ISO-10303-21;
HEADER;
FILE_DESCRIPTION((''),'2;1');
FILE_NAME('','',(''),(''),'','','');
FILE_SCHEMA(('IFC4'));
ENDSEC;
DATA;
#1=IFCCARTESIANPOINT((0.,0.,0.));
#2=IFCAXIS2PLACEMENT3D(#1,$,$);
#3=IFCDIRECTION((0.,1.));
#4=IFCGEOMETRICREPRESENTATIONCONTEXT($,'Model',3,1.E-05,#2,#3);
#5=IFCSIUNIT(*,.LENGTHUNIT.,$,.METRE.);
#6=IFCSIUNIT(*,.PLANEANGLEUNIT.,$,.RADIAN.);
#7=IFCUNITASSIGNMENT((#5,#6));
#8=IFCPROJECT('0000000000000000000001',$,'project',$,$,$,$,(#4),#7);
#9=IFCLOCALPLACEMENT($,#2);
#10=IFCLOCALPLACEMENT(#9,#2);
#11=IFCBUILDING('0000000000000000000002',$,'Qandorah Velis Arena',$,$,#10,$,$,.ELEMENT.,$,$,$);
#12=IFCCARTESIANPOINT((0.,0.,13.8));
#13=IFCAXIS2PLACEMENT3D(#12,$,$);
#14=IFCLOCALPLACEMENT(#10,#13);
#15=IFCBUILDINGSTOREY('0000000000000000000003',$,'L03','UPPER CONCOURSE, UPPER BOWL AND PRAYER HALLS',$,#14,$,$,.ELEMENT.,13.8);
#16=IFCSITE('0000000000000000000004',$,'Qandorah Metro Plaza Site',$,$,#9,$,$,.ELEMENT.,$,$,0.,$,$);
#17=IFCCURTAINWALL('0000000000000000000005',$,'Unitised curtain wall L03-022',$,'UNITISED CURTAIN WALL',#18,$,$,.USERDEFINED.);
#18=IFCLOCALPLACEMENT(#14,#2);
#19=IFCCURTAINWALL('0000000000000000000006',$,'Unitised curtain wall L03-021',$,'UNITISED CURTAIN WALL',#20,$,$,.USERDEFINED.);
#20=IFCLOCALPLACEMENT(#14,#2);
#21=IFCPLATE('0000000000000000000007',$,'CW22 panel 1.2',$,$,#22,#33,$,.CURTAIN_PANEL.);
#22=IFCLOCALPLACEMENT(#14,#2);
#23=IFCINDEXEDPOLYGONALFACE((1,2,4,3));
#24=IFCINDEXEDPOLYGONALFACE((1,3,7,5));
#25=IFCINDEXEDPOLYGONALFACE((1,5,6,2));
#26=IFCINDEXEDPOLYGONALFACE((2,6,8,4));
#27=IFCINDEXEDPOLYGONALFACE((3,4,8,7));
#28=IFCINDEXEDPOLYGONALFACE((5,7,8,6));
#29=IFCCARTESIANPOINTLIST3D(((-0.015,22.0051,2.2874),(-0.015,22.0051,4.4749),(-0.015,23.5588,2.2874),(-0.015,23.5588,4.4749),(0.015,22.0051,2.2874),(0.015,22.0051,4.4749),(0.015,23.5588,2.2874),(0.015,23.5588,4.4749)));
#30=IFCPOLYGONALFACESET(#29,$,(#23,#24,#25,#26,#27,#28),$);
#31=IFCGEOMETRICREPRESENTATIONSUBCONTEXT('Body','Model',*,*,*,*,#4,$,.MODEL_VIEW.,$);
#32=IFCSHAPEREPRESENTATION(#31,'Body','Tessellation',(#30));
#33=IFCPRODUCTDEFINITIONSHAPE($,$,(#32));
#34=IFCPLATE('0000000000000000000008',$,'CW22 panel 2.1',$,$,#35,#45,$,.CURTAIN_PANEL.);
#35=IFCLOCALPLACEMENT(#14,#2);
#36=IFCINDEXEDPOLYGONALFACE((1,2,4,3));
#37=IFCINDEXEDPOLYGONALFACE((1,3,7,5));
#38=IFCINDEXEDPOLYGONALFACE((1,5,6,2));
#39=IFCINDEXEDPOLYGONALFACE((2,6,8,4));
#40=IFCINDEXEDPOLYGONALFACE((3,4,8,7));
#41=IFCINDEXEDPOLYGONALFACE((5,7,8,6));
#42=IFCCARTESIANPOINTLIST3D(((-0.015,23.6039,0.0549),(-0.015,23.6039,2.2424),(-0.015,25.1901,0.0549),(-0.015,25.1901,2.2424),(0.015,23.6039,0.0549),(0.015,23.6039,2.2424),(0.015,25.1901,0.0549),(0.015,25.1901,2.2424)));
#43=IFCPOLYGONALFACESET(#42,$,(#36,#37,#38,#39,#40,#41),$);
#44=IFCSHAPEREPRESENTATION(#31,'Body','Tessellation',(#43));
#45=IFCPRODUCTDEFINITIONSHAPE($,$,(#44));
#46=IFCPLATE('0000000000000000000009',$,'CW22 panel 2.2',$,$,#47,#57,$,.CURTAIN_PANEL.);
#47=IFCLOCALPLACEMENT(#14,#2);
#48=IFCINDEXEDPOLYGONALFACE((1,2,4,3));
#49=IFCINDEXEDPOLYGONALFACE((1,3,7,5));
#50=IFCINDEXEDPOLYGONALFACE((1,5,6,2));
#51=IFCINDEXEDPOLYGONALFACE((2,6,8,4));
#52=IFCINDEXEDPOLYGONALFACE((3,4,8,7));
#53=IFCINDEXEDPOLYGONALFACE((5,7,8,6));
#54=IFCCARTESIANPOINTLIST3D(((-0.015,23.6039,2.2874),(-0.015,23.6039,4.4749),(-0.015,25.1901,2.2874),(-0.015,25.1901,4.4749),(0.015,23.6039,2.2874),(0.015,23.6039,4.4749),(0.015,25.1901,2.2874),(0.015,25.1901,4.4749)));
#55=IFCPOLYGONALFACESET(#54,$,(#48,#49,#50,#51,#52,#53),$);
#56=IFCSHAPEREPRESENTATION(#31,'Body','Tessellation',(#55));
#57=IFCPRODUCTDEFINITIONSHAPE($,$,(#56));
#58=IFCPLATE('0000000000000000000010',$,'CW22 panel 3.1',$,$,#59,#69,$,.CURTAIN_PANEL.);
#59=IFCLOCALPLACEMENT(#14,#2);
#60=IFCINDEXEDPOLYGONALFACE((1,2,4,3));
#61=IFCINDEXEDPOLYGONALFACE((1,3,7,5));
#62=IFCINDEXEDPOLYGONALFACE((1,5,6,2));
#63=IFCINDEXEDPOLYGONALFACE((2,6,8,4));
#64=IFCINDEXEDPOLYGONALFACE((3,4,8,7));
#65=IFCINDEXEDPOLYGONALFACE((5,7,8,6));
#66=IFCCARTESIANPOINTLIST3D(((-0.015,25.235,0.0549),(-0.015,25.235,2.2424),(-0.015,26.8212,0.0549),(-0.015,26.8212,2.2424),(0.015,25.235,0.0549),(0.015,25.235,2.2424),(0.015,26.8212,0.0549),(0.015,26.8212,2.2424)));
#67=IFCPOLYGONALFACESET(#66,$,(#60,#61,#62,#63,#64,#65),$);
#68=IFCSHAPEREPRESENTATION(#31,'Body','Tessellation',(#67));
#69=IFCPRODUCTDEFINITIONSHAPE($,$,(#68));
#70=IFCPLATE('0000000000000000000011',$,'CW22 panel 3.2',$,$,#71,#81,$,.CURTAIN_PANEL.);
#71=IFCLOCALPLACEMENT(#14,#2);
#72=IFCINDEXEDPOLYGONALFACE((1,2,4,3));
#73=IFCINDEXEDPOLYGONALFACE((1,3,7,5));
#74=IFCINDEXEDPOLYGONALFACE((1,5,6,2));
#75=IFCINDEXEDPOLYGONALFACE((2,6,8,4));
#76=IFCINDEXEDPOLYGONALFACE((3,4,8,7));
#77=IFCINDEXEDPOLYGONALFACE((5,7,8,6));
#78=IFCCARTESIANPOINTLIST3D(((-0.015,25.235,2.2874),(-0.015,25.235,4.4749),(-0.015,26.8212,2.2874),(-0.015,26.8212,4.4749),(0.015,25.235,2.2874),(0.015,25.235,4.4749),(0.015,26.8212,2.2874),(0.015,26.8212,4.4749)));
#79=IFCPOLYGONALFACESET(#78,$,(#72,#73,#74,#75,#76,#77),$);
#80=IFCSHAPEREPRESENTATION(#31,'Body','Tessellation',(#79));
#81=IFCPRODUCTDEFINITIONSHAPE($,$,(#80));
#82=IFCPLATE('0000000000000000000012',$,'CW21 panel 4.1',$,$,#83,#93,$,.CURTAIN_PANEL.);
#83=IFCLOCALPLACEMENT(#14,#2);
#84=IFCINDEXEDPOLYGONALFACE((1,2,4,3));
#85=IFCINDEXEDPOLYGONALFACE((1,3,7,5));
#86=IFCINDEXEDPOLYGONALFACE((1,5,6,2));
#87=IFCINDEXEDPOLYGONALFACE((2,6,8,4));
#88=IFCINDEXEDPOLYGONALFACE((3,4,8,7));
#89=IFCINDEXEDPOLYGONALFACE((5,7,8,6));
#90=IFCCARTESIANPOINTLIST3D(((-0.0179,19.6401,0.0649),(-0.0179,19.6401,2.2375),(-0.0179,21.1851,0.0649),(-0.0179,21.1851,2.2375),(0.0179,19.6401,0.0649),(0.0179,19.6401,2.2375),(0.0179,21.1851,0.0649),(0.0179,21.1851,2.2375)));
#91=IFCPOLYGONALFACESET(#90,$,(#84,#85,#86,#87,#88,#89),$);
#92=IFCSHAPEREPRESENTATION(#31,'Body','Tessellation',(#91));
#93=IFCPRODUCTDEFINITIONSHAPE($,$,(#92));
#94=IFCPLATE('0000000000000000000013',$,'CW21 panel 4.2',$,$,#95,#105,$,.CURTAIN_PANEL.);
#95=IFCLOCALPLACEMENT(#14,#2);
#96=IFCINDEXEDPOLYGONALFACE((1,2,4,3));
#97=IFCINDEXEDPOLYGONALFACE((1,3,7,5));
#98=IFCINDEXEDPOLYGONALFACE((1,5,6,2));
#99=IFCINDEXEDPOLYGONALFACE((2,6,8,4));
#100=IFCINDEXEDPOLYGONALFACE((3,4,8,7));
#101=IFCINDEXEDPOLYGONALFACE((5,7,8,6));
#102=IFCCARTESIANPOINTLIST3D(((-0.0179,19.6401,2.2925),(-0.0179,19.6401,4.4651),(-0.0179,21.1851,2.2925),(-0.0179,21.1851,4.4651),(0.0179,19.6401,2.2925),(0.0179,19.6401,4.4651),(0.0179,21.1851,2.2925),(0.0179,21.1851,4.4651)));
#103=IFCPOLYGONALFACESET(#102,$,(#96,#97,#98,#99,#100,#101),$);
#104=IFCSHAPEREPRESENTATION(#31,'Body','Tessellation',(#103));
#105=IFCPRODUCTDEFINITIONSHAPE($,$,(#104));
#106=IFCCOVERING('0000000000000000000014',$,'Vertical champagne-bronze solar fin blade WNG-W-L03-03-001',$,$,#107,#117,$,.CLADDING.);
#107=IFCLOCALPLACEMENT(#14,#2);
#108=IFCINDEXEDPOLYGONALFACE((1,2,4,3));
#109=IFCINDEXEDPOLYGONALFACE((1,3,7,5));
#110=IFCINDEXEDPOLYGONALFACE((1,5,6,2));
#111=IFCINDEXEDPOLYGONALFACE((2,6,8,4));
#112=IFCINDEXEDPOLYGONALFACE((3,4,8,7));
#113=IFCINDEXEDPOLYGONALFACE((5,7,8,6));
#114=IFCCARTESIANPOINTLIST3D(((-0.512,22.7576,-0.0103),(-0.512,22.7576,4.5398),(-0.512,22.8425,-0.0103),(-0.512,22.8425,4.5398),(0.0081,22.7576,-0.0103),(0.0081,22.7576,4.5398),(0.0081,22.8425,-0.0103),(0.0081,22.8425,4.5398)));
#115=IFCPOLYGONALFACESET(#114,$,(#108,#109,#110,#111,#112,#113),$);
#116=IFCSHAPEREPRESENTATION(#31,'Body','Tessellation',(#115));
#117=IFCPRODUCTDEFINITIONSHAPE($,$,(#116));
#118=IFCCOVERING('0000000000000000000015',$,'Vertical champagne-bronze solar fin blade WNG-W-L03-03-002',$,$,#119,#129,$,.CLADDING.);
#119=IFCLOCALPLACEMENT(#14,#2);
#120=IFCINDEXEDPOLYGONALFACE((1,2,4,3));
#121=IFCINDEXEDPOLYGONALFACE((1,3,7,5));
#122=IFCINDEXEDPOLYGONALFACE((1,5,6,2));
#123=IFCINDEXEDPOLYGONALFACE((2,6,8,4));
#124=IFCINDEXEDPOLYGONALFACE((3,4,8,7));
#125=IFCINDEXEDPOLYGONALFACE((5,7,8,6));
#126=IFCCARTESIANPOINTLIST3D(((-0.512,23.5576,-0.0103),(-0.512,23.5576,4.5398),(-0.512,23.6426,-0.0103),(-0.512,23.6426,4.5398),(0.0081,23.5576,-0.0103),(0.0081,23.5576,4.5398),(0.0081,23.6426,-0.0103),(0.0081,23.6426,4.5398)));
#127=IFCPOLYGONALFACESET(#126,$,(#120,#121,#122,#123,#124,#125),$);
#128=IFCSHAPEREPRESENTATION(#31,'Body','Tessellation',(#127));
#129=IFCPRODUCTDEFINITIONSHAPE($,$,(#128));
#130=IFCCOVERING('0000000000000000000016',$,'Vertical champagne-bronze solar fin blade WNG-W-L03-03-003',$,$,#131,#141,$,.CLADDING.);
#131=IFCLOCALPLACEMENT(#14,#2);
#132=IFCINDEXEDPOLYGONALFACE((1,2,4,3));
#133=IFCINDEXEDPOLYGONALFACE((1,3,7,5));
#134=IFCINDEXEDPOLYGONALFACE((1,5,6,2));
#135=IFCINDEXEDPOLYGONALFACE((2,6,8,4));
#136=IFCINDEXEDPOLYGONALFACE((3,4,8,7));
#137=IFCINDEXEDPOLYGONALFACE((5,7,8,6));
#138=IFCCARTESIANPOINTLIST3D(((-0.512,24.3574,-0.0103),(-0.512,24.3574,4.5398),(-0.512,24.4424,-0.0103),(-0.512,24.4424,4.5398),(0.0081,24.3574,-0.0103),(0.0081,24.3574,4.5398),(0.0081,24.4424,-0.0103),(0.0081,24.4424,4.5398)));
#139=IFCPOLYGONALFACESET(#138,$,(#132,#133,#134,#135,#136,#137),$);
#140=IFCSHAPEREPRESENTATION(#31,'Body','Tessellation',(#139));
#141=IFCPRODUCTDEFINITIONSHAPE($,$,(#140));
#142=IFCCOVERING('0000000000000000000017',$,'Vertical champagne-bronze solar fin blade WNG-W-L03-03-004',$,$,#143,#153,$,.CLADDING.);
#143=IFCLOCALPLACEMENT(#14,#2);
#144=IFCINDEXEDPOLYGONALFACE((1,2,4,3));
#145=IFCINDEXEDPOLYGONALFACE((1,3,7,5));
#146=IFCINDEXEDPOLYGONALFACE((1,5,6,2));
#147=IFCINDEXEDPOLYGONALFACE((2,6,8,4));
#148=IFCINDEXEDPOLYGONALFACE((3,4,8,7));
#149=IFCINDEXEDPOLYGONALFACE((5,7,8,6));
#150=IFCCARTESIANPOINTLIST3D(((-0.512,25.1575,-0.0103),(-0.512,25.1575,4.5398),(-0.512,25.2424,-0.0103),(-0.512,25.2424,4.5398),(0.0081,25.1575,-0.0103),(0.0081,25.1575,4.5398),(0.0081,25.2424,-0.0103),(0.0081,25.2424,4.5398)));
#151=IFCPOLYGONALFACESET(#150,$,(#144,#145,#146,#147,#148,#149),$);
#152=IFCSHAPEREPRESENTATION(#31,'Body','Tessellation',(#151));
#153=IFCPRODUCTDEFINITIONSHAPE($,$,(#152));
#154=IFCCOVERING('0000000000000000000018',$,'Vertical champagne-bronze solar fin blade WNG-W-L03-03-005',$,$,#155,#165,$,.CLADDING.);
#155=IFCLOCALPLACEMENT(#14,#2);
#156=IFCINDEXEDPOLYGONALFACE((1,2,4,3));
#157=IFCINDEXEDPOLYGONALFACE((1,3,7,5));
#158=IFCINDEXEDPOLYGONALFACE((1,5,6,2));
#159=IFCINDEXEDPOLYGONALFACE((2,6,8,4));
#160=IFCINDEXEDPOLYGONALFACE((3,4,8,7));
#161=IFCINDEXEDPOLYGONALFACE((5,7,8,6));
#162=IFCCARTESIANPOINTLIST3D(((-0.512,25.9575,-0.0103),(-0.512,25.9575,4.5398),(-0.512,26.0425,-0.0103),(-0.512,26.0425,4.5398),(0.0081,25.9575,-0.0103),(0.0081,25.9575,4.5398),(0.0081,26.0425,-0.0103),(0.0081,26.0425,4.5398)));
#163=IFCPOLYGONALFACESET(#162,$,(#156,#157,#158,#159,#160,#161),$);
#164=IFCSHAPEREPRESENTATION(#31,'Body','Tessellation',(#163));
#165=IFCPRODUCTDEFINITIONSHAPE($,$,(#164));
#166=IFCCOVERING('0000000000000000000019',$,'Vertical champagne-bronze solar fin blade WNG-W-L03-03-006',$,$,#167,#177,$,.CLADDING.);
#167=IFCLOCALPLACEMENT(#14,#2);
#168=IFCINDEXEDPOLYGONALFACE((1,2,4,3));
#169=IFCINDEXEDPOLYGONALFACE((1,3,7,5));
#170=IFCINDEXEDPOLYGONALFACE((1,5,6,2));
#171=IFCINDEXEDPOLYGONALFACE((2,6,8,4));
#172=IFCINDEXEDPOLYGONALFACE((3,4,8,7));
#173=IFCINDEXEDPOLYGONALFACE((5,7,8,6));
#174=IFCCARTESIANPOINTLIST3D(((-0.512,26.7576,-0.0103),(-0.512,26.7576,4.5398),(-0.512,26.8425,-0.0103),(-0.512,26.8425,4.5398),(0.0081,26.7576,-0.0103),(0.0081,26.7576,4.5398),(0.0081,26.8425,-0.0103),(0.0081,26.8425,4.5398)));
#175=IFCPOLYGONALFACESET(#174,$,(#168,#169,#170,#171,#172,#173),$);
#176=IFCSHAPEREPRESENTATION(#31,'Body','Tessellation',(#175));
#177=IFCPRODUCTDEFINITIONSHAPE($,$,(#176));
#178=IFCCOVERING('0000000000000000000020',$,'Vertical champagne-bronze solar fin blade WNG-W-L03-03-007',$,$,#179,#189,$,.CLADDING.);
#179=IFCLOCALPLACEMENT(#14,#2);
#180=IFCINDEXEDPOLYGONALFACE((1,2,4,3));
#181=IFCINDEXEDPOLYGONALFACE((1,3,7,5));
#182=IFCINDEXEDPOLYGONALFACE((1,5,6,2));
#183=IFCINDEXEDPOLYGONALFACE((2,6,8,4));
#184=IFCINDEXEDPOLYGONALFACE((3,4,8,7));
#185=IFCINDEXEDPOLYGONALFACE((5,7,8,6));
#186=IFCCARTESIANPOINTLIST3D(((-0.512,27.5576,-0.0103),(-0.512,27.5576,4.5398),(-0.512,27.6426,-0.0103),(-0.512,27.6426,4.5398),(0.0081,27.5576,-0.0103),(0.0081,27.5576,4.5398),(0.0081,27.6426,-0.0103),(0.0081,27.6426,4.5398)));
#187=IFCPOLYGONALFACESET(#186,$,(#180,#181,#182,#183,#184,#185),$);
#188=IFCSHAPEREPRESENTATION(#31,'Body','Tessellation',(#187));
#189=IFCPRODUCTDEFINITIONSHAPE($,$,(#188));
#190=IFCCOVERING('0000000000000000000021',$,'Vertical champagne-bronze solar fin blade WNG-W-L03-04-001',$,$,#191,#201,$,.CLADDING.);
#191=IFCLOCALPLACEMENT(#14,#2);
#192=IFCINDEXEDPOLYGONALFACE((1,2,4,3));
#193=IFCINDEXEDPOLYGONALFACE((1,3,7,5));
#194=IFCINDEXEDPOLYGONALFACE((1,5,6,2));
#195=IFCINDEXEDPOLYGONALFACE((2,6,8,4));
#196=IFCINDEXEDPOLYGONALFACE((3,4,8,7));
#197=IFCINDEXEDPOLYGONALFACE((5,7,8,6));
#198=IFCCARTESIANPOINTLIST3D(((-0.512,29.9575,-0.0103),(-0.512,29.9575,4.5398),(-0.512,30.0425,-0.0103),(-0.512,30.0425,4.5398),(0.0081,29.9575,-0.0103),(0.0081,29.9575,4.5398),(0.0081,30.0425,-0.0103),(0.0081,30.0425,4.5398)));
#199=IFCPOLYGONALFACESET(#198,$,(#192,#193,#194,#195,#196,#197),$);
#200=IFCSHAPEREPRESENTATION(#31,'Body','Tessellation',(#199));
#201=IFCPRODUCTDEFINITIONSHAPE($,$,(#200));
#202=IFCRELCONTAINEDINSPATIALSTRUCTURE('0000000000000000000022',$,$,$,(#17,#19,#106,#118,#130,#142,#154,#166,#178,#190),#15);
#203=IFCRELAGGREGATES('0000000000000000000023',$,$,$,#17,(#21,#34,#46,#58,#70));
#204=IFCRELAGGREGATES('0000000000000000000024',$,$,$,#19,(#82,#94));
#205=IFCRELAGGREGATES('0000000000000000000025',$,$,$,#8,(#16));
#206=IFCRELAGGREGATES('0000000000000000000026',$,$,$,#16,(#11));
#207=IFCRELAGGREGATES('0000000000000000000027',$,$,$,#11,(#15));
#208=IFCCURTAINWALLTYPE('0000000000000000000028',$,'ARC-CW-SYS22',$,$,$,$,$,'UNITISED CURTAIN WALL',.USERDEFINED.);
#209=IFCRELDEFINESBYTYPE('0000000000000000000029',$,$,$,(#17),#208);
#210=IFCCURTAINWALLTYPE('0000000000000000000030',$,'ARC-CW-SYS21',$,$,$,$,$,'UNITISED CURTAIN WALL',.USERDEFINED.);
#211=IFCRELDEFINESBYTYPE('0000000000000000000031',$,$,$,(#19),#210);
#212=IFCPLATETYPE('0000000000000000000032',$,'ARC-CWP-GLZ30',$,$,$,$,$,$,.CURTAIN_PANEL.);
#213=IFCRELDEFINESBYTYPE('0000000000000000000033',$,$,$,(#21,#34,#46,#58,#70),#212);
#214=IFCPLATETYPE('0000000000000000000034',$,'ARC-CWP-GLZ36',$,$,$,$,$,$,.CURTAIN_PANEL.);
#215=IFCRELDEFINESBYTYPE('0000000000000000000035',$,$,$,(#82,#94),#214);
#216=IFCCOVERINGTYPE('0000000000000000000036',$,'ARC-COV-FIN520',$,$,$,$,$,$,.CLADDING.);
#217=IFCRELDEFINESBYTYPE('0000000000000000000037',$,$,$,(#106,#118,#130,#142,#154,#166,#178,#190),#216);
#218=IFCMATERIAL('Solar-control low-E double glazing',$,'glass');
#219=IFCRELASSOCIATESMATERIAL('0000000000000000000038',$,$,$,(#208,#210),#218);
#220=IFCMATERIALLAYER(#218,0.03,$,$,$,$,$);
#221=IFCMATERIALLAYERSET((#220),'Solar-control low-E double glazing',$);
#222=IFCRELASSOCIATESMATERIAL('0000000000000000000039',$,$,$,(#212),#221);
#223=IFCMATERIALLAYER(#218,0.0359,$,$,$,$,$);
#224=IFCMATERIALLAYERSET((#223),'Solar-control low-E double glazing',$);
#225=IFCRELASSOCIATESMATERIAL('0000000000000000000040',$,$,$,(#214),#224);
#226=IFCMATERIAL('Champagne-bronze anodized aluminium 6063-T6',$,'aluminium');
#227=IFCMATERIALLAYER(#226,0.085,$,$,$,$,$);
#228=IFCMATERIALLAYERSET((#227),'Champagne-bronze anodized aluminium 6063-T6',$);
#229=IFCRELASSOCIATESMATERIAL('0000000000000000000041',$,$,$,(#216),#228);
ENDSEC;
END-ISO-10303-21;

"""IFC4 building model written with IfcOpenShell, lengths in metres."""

from ifc_helpers import new_model, si_unit, direction, frame, origin, origin_2d, place, context, subcontext, project, spatial, rectangle, extrude, material, layer, layer_set, type_object, element, aggregate, save


model = new_model("IFC4")

# Units and contexts
model_context = context("Model", 3, precision=1e-05, world=origin(), true_north=direction((0.0, 1.0)))
body_context = subcontext(model_context, "Body", "Model", "MODEL_VIEW")
ifc_project = project(units=[si_unit("LENGTHUNIT", "METRE"), si_unit("PLANEANGLEUNIT", "RADIAN")], contexts=[model_context])

# Site, building, storey
site_placement = place(None, origin())
site = spatial("IfcSite", under=ifc_project, at=site_placement, Name="Qandorah Metro Plaza Site", CompositionType="ELEMENT", RefElevation=0.0)
building_placement = place(site_placement, origin())
building = spatial("IfcBuilding", under=site, at=building_placement, Name="Qandorah Velis Arena", CompositionType="ELEMENT")
storey_placement = place(building_placement, frame((0.0, 0.0, 13.8)))
storey = spatial("IfcBuildingStorey", under=building, at=storey_placement, Name="L03", Description="UPPER CONCOURSE, UPPER BOWL AND PRAYER HALLS", CompositionType="ELEMENT", Elevation=13.8)

# Curtain wall
ifc_material_1 = material(Name="Solar-control low-E double glazing", Category="glass")
curtain_wall_type_1 = type_object("IfcCurtainWallType", Name="ARC-CW-SYS22", ElementType="UNITISED CURTAIN WALL", PredefinedType="USERDEFINED", material=ifc_material_1)
curtain_wall_1_placement = place(storey_placement, origin())
curtain_wall_1 = element("IfcCurtainWall", 1, at=curtain_wall_1_placement, inside=storey, type_object=curtain_wall_type_1, Name="Unitised curtain wall L03-022", ObjectType="UNITISED CURTAIN WALL", PredefinedType="USERDEFINED")
ifc_material_2 = material(Name="Champagne-bronze anodized aluminium 6063-T6", Category="aluminium")

# Curtain wall
curtain_wall_type_2 = type_object("IfcCurtainWallType", Name="ARC-CW-SYS21", ElementType="UNITISED CURTAIN WALL", PredefinedType="USERDEFINED", material=ifc_material_1)
curtain_wall_2_placement = place(storey_placement, origin())
curtain_wall_2 = element("IfcCurtainWall", 2, at=curtain_wall_2_placement, inside=storey, type_object=curtain_wall_type_2, Name="Unitised curtain wall L03-021", ObjectType="UNITISED CURTAIN WALL", PredefinedType="USERDEFINED")

# Plates
ifc_layer_1 = layer(ifc_material_1, 0.03)
ifc_layer_set_1 = layer_set([ifc_layer_1], Name="Solar-control low-E double glazing")
plate_type_1 = type_object("IfcPlateType", Name="ARC-CWP-GLZ30", PredefinedType="CURTAIN_PANEL", material=ifc_layer_set_1)
plate_1_placement = place(storey_placement, frame((0.0, 22.782, 2.2874), z_axis=(0.0, 0.0, 1.0), x_axis=(0.0, 1.0, 0.0)))
plate_1 = element("IfcPlate", 3, at=plate_1_placement, type_object=plate_type_1, Name="CW22 panel 1.2", PredefinedType="CURTAIN_PANEL", context=body_context, shape_type="SweptSolid", body=[
    extrude(rectangle(XDim=1.5537, YDim=0.03, at=origin_2d()), origin(), (0.0, 0.0, 1.0), 2.1875),
])
plate_2_placement = place(storey_placement, frame((0.0, 24.397, 0.0549), z_axis=(0.0, 0.0, 1.0), x_axis=(0.0, 1.0, 0.0)))
plate_2 = element("IfcPlate", 4, at=plate_2_placement, type_object=plate_type_1, Name="CW22 panel 2.1", PredefinedType="CURTAIN_PANEL", context=body_context, shape_type="SweptSolid", body=[
    extrude(rectangle(XDim=1.5862, YDim=0.03, at=origin_2d()), origin(), (0.0, 0.0, 1.0), 2.1875),
])
plate_3_placement = place(storey_placement, frame((0.0, 24.397, 2.2874), z_axis=(0.0, 0.0, 1.0), x_axis=(0.0, 1.0, 0.0)))
plate_3 = element("IfcPlate", 5, at=plate_3_placement, type_object=plate_type_1, Name="CW22 panel 2.2", PredefinedType="CURTAIN_PANEL", context=body_context, shape_type="SweptSolid", body=[
    extrude(rectangle(XDim=1.5862, YDim=0.03, at=origin_2d()), origin(), (0.0, 0.0, 1.0), 2.1875),
])
plate_4_placement = place(storey_placement, frame((0.0, 26.0281, 0.0549), z_axis=(0.0, 0.0, 1.0), x_axis=(0.0, 1.0, 0.0)))
plate_4 = element("IfcPlate", 6, at=plate_4_placement, type_object=plate_type_1, Name="CW22 panel 3.1", PredefinedType="CURTAIN_PANEL", context=body_context, shape_type="SweptSolid", body=[
    extrude(rectangle(XDim=1.5862, YDim=0.03, at=origin_2d()), origin(), (0.0, 0.0, 1.0), 2.1875),
])
plate_5_placement = place(storey_placement, frame((0.0, 26.0281, 2.2874), z_axis=(0.0, 0.0, 1.0), x_axis=(0.0, 1.0, 0.0)))
plate_5 = element("IfcPlate", 7, at=plate_5_placement, type_object=plate_type_1, Name="CW22 panel 3.2", PredefinedType="CURTAIN_PANEL", context=body_context, shape_type="SweptSolid", body=[
    extrude(rectangle(XDim=1.5862, YDim=0.03, at=origin_2d()), origin(), (0.0, 0.0, 1.0), 2.1875),
])
aggregate(curtain_wall_1, [plate_1, plate_2, plate_3, plate_4, plate_5])
ifc_layer_2 = layer(ifc_material_1, 0.0359)
ifc_layer_set_2 = layer_set([ifc_layer_2], Name="Solar-control low-E double glazing")
plate_type_2 = type_object("IfcPlateType", Name="ARC-CWP-GLZ36", PredefinedType="CURTAIN_PANEL", material=ifc_layer_set_2)
plate_6_placement = place(storey_placement, frame((0.0, 20.4126, 0.0649), z_axis=(0.0, 0.0, 1.0), x_axis=(0.0, 1.0, 0.0)))
plate_6 = element("IfcPlate", 8, at=plate_6_placement, type_object=plate_type_2, Name="CW21 panel 4.1", PredefinedType="CURTAIN_PANEL", context=body_context, shape_type="SweptSolid", body=[
    extrude(rectangle(XDim=1.5449, YDim=0.0359, at=origin_2d()), origin(), (0.0, 0.0, 1.0), 2.1726),
])
plate_7_placement = place(storey_placement, frame((0.0, 20.4126, 2.2925), z_axis=(0.0, 0.0, 1.0), x_axis=(0.0, 1.0, 0.0)))
plate_7 = element("IfcPlate", 9, at=plate_7_placement, type_object=plate_type_2, Name="CW21 panel 4.2", PredefinedType="CURTAIN_PANEL", context=body_context, shape_type="SweptSolid", body=[
    extrude(rectangle(XDim=1.5449, YDim=0.0359, at=origin_2d()), origin(), (0.0, 0.0, 1.0), 2.1726),
])
aggregate(curtain_wall_2, [plate_6, plate_7])

# Coverings
ifc_layer_3 = layer(ifc_material_2, 0.085)
ifc_layer_set_3 = layer_set([ifc_layer_3], Name="Champagne-bronze anodized aluminium 6063-T6")
covering_type = type_object("IfcCoveringType", Name="ARC-COV-FIN520", PredefinedType="CLADDING", material=ifc_layer_set_3)
for number, where, z_axis, x_axis, name in (
    (10, (-0.252, 22.8, -0.0103), (0.0, 0.0, 1.0), (1.0, 0.0, 0.0), "Vertical champagne-bronze solar fin blade WNG-W-L03-03-001"),
    (11, (-0.252, 23.6001, -0.0103), (0.0, 0.0, 1.0), (1.0, 0.0, 0.0), "Vertical champagne-bronze solar fin blade WNG-W-L03-03-002"),
    (12, (-0.252, 24.3999, -0.0103), (0.0, 0.0, 1.0), (1.0, 0.0, 0.0), "Vertical champagne-bronze solar fin blade WNG-W-L03-03-003"),
    (13, (-0.252, 25.2, -0.0103), (0.0, 0.0, 1.0), (1.0, 0.0, 0.0), "Vertical champagne-bronze solar fin blade WNG-W-L03-03-004"),
    (14, (-0.252, 26.0, -0.0103), (0.0, 0.0, 1.0), (1.0, 0.0, 0.0), "Vertical champagne-bronze solar fin blade WNG-W-L03-03-005"),
    (15, (-0.252, 26.8, -0.0103), (0.0, 0.0, 1.0), (1.0, 0.0, 0.0), "Vertical champagne-bronze solar fin blade WNG-W-L03-03-006"),
    (16, (-0.252, 27.6001, -0.0103), (0.0, 0.0, 1.0), (1.0, 0.0, 0.0), "Vertical champagne-bronze solar fin blade WNG-W-L03-03-007"),
    (17, (-0.252, 30.0, -0.0103), (0.0, 0.0, 1.0), (1.0, 0.0, 0.0), "Vertical champagne-bronze solar fin blade WNG-W-L03-04-001"),
):
    element("IfcCovering", number, at=place(storey_placement, frame(where, z_axis=z_axis, x_axis=x_axis)), inside=storey, type_object=covering_type, Name=name, PredefinedType="CLADDING", context=body_context, shape_type="SweptSolid", body=[
        extrude(rectangle(XDim=0.52, YDim=0.085, at=origin_2d()), origin(), (0.0, 0.0, 1.0), 4.55),
    ])

save(model, "model.ifc")
